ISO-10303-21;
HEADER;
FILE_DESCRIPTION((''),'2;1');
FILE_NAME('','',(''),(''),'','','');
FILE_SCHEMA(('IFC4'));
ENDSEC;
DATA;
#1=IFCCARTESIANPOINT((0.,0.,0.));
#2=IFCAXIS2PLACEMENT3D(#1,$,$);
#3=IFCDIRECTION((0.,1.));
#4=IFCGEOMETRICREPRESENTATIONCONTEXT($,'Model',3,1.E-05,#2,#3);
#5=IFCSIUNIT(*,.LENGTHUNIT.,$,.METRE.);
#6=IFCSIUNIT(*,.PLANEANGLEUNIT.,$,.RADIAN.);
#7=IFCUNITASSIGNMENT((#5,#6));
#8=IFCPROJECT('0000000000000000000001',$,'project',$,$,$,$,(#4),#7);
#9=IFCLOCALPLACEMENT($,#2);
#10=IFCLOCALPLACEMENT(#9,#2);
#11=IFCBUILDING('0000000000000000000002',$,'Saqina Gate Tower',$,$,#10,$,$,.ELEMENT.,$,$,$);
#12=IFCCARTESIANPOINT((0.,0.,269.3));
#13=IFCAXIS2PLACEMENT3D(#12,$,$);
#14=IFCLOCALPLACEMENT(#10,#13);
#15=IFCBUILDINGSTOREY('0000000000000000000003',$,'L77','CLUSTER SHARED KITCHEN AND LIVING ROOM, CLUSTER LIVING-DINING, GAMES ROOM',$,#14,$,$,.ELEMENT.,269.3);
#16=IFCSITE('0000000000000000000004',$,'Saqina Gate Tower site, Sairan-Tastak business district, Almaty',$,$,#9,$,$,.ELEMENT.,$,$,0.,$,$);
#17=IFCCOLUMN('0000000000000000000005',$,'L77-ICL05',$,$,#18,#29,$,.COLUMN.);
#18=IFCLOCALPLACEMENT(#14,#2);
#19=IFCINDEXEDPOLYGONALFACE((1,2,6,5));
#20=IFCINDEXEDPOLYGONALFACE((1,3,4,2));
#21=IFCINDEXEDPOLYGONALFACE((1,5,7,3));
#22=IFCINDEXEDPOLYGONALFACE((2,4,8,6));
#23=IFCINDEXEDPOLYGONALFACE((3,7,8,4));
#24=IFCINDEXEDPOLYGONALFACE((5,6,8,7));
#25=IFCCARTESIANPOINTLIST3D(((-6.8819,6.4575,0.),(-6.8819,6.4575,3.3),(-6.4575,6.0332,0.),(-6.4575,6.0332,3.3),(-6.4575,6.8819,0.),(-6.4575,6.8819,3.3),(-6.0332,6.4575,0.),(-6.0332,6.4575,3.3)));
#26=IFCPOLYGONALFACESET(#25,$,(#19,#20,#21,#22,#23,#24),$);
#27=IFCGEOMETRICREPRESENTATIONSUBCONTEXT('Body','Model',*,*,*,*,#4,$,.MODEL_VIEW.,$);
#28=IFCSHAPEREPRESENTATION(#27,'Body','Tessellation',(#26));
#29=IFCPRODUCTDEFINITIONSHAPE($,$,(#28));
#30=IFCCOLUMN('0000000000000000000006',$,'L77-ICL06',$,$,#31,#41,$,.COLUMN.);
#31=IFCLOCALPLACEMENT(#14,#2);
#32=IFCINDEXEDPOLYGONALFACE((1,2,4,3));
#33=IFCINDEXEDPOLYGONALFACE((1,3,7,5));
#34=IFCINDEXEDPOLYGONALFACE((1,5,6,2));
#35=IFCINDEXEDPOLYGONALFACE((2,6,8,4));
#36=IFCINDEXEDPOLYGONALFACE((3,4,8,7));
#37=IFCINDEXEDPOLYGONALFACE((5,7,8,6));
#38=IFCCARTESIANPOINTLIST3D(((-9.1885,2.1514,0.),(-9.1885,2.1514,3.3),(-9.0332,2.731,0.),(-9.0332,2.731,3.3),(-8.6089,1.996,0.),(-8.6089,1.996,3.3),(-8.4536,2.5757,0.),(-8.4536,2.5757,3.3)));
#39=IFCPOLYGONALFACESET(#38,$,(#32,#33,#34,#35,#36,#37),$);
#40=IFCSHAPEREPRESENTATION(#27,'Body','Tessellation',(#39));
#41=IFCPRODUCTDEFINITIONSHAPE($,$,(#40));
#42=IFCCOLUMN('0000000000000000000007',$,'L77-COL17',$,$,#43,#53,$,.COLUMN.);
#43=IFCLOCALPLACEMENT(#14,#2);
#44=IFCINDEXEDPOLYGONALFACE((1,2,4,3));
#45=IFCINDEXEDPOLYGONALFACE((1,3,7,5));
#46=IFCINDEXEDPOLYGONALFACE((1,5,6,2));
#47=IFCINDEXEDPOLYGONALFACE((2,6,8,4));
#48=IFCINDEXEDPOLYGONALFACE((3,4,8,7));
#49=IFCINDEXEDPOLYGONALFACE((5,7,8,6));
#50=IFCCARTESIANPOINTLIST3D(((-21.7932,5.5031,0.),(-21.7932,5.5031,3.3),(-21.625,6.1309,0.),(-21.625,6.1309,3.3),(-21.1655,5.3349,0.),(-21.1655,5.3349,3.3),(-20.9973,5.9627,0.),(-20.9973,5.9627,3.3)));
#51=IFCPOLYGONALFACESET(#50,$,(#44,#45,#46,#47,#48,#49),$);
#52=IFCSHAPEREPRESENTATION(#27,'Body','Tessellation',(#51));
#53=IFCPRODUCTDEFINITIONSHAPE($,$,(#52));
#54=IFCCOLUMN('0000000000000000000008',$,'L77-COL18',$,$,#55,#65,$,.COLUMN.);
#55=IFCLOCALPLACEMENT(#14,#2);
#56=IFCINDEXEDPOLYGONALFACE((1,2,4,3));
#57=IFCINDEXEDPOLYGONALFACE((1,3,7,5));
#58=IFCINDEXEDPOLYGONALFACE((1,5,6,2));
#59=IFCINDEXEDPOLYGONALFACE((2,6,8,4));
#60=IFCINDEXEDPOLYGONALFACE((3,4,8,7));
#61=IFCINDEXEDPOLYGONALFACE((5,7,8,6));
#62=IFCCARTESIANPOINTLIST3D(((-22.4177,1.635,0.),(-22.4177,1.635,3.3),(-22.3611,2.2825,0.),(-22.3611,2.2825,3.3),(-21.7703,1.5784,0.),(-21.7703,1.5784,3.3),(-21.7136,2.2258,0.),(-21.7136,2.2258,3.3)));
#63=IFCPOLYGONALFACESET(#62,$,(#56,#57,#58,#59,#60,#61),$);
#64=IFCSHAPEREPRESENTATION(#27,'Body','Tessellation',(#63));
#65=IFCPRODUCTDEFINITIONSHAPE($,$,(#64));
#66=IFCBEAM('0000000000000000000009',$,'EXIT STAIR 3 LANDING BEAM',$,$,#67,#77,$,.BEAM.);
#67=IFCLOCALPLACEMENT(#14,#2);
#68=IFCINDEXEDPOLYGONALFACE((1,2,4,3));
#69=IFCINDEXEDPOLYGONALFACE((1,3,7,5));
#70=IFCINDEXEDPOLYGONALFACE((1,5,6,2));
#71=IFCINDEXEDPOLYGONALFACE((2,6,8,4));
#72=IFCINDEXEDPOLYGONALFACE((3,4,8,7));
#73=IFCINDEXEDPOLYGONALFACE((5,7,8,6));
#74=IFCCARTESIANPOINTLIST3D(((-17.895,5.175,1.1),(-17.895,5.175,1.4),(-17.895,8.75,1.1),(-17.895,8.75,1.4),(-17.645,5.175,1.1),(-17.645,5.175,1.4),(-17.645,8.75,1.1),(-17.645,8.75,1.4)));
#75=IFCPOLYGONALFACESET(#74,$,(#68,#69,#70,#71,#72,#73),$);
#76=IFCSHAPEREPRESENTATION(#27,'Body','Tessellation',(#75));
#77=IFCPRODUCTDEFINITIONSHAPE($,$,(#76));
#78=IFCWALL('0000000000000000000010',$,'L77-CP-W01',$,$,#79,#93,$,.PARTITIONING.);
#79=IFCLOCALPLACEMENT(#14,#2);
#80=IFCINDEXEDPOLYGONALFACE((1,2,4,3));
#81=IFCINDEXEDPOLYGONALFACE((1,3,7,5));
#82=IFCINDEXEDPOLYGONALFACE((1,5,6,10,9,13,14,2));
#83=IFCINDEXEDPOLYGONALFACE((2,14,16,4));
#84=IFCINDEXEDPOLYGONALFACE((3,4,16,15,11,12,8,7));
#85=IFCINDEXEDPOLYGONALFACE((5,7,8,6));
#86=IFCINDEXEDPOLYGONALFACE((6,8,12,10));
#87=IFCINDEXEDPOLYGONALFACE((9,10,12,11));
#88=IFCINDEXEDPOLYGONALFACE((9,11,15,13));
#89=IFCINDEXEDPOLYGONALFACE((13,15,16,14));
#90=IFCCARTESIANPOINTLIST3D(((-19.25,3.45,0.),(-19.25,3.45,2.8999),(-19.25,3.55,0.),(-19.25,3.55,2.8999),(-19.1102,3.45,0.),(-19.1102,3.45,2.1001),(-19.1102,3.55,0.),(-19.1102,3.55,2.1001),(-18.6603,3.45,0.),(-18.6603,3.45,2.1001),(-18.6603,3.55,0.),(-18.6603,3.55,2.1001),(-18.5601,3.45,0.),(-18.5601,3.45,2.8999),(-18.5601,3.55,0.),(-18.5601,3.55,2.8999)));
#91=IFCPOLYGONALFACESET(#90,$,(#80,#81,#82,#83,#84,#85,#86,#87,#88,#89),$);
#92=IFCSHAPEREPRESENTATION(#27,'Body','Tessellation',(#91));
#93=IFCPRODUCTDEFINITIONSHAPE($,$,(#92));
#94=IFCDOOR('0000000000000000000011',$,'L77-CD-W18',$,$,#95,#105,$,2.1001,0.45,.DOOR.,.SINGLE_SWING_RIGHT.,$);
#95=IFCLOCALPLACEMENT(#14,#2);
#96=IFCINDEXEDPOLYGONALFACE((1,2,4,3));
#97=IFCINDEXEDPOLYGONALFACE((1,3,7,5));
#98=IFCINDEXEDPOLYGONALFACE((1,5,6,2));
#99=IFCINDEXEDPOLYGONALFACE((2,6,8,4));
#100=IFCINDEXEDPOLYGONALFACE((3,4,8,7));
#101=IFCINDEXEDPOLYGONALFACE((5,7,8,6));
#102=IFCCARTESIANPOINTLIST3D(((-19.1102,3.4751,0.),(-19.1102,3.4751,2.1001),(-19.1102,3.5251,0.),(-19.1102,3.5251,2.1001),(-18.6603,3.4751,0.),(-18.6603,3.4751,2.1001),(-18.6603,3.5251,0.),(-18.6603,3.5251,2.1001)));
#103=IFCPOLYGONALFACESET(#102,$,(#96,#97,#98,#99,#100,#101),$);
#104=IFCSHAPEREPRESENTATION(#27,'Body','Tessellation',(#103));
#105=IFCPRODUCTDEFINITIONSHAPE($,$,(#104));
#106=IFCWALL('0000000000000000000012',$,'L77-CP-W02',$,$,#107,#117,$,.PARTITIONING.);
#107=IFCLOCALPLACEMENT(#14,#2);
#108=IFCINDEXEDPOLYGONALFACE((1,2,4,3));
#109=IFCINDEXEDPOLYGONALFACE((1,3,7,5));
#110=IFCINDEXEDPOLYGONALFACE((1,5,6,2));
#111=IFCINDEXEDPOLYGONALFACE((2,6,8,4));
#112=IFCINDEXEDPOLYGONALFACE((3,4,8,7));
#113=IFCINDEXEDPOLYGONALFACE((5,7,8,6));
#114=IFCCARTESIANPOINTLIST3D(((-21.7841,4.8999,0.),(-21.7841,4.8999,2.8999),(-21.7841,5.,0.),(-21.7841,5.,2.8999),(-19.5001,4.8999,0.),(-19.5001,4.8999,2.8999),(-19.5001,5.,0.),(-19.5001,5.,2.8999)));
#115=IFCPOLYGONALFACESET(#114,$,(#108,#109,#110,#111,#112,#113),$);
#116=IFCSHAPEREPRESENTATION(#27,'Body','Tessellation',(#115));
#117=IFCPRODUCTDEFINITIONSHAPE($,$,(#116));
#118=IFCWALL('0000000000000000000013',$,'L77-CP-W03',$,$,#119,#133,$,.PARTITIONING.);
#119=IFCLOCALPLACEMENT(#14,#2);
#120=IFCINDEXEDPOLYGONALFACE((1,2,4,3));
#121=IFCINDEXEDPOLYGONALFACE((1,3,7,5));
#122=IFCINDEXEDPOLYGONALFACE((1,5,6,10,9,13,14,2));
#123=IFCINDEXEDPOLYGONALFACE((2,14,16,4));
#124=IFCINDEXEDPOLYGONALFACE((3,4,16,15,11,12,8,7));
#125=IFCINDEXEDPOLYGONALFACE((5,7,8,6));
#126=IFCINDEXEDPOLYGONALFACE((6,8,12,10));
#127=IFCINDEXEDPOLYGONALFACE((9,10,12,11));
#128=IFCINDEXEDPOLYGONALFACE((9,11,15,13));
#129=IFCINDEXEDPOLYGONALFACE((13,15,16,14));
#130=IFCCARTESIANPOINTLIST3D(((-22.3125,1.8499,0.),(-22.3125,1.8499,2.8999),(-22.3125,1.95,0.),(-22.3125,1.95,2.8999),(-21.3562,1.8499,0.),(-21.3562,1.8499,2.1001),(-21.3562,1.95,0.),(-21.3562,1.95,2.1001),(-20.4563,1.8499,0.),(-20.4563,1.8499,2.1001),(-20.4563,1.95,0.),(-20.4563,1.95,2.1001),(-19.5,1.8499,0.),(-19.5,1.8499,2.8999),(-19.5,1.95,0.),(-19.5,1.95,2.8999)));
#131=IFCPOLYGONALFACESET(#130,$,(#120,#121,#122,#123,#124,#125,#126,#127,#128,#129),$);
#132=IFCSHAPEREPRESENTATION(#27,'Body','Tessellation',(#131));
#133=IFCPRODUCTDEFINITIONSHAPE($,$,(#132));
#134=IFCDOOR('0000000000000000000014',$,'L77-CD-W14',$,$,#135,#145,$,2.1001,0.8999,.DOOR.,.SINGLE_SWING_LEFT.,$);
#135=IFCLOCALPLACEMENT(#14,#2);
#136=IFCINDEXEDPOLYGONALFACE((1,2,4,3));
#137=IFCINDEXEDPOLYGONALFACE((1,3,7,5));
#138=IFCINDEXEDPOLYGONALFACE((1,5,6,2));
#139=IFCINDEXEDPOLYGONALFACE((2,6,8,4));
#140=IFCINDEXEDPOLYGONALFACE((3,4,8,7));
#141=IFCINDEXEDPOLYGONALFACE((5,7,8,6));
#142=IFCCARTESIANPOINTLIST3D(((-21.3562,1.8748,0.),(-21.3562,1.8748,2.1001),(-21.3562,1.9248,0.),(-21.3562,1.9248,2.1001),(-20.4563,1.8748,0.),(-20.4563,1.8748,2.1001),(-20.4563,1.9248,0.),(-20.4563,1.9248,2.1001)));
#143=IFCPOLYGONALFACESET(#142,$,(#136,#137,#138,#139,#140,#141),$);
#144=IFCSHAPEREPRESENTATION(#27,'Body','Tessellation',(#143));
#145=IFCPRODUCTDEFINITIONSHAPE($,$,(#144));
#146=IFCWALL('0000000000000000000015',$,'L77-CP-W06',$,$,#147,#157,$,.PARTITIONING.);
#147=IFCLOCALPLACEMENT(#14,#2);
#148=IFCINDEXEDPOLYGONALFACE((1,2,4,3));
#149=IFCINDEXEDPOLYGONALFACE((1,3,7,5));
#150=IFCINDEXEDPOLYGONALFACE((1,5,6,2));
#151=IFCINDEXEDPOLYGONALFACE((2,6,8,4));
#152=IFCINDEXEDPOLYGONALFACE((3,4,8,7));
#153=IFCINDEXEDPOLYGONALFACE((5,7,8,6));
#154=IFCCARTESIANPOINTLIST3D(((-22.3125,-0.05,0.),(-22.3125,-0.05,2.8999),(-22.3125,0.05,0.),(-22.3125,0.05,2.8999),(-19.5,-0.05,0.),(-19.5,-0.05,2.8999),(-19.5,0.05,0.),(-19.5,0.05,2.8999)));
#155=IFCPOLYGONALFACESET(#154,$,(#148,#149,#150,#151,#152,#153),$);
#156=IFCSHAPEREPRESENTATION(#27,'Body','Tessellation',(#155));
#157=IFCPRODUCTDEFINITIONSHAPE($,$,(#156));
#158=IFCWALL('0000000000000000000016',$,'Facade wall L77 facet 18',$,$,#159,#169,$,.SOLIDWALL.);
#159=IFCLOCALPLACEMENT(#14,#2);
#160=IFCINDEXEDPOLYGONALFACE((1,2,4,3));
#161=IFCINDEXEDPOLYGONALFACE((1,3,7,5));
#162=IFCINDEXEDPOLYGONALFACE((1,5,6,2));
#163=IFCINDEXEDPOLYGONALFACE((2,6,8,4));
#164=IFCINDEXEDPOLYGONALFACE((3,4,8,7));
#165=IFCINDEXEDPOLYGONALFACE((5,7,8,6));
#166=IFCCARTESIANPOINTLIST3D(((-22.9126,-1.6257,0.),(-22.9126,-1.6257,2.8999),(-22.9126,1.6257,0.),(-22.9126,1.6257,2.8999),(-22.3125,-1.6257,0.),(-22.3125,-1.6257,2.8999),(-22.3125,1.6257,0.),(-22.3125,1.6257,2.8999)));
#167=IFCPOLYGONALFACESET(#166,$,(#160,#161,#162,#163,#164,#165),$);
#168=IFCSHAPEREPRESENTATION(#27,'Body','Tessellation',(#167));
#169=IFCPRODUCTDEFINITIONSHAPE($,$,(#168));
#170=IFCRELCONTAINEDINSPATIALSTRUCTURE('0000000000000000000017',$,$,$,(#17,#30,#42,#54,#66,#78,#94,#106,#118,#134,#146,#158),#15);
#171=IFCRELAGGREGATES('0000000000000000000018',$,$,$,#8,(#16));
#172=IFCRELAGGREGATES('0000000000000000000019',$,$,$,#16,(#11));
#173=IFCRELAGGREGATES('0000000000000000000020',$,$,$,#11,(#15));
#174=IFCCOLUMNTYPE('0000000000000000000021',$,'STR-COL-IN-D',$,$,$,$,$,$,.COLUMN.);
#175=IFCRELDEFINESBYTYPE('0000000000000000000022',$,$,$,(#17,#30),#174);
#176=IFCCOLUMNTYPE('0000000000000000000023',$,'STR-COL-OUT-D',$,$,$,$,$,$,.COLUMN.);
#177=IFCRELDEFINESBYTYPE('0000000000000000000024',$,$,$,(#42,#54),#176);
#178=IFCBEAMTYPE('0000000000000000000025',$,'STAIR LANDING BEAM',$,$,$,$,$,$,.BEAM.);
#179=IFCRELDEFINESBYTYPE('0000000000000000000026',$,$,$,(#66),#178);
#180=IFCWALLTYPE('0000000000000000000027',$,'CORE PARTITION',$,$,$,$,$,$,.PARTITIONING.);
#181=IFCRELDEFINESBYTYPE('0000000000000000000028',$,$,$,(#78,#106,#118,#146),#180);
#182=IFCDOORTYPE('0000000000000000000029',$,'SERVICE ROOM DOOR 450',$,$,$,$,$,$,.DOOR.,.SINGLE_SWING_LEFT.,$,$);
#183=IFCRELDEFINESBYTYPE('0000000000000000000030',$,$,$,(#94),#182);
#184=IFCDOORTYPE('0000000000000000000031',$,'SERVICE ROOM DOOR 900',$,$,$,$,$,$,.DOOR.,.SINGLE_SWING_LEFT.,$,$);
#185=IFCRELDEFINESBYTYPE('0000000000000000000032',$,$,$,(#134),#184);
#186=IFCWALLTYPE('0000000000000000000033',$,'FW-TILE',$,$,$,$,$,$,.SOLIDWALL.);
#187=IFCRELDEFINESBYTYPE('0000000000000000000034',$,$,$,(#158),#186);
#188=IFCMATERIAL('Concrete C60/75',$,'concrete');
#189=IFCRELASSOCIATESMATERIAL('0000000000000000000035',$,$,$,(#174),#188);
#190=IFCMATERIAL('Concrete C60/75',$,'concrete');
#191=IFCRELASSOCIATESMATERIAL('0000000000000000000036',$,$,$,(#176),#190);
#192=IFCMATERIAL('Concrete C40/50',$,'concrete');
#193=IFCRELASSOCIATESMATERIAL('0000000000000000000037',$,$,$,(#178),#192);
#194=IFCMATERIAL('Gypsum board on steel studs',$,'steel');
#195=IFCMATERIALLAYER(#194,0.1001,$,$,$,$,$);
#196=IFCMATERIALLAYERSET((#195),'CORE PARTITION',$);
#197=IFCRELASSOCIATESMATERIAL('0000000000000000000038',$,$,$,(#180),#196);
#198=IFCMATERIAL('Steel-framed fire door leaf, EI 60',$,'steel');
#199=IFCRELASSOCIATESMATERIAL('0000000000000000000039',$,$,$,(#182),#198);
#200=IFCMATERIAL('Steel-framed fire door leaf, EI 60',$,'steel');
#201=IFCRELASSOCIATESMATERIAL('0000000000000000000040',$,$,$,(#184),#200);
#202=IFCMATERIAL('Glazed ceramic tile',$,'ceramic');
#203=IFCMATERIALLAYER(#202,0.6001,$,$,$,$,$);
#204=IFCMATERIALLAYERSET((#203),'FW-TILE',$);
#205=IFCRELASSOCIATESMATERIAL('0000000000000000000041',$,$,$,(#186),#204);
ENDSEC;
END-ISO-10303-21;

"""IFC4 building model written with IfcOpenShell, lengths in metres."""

from ifc_helpers import new_model, si_unit, direction, frame, frame_2d, origin, origin_2d, place, context, subcontext, project, spatial, rectangle, extrude, material, layer, layer_set, material_profile, profile_set, type_object, element, fill, save


model = new_model("IFC4")

# Units and contexts
model_context = context("Model", 3, precision=1e-05, world=origin(), true_north=direction((0.0, 1.0)))
body_context = subcontext(model_context, "Body", "Model", "MODEL_VIEW")
ifc_project = project(units=[si_unit("LENGTHUNIT", "METRE"), si_unit("PLANEANGLEUNIT", "RADIAN")], contexts=[model_context])

# Site, building, storey
site_placement = place(None, origin())
site = spatial("IfcSite", under=ifc_project, at=site_placement, Name="Saqina Gate Tower site, Sairan-Tastak business district, Almaty", CompositionType="ELEMENT", RefElevation=0.0)
building_placement = place(site_placement, origin())
building = spatial("IfcBuilding", under=site, at=building_placement, Name="Saqina Gate Tower", CompositionType="ELEMENT")
storey_placement = place(building_placement, frame((0.0, 0.0, 269.3)))
storey = spatial("IfcBuildingStorey", under=building, at=storey_placement, Name="L77", Description="CLUSTER SHARED KITCHEN AND LIVING ROOM, CLUSTER LIVING-DINING, GAMES ROOM", CompositionType="ELEMENT", Elevation=269.3)

# Columns
ifc_material_1 = material(Name="Concrete C60/75", Category="concrete")
ifc_material_profile_1 = material_profile(ifc_material_1, rectangle(XDim=0.6001, YDim=0.6001, at=origin_2d()), Name="RC 600x600")
ifc_profile_set_1 = profile_set([ifc_material_profile_1], Name="Concrete C60/75")
column_type_1 = type_object("IfcColumnType", Name="STR-COL-IN-D", PredefinedType="COLUMN", material=ifc_profile_set_1)
for number, where, z_axis, x_axis, name in (
    (1, (-6.4575, 6.4575, 0.0), (0.0, 0.0, 1.0), (-0.707107, 0.707107, 0.0), "L77-ICL05"),
    (2, (-8.821, 2.3635, 0.0), (0.0, 0.0, 1.0), (-0.965926, 0.258819, 0.0), "L77-ICL06"),
):
    element("IfcColumn", number, at=place(storey_placement, frame(where, z_axis=z_axis, x_axis=x_axis)), inside=storey, type_object=column_type_1, Name=name, PredefinedType="COLUMN", context=body_context, shape_type="SweptSolid", body=[
        extrude(rectangle(XDim=0.6001, YDim=0.6001, at=origin_2d()), origin(), (0.0, 0.0, 1.0), 3.3),
    ])
ifc_material_2 = material(Name="Concrete C60/75", Category="concrete")
ifc_material_profile_2 = material_profile(ifc_material_2, rectangle(XDim=0.6499, YDim=0.6499, at=origin_2d()), Name="RC 650x650")
ifc_profile_set_2 = profile_set([ifc_material_profile_2], Name="Concrete C60/75")
column_type_2 = type_object("IfcColumnType", Name="STR-COL-OUT-D", PredefinedType="COLUMN", material=ifc_profile_set_2)
for number, where, z_axis, x_axis, name in (
    (3, (-21.3953, 5.7329, 0.0), (0.0, 0.0, 1.0), (-0.965926, 0.258819, 0.0), "L77-COL17"),
    (4, (-22.0657, 1.9304, 0.0), (0.0, 0.0, 1.0), (-0.996195, 0.087156, 0.0), "L77-COL18"),
):
    element("IfcColumn", number, at=place(storey_placement, frame(where, z_axis=z_axis, x_axis=x_axis)), inside=storey, type_object=column_type_2, Name=name, PredefinedType="COLUMN", context=body_context, shape_type="SweptSolid", body=[
        extrude(rectangle(XDim=0.6499, YDim=0.6499, at=origin_2d()), origin(), (0.0, 0.0, 1.0), 3.3),
    ])

# Beam
ifc_material_3 = material(Name="Concrete C40/50", Category="concrete")
ifc_material_profile_3 = material_profile(ifc_material_3, rectangle(XDim=0.25, YDim=0.3, at=origin_2d()), Name="STAIR LANDING BEAM")
ifc_profile_set_3 = profile_set([ifc_material_profile_3], Name="Concrete C40/50")
beam_type = type_object("IfcBeamType", Name="STAIR LANDING BEAM", PredefinedType="BEAM", material=ifc_profile_set_3)
beam_placement = place(storey_placement, frame((-17.77, 5.175, 1.25), z_axis=(0.0, 1.0, 0.0), x_axis=(-1.0, 0.0, 0.0)))
element("IfcBeam", 5, at=beam_placement, inside=storey, type_object=beam_type, Name="EXIT STAIR 3 LANDING BEAM", PredefinedType="BEAM", context=body_context, shape_type="SweptSolid", body=[
    extrude(rectangle(XDim=0.25, YDim=0.3, at=origin_2d()), origin(), (0.0, 0.0, 1.0), 3.575),
])

# Wall, opening, door
ifc_material_4 = material(Name="Gypsum board on steel studs", Category="steel")
ifc_layer_1 = layer(ifc_material_4, 0.1001)
ifc_layer_set_1 = layer_set([ifc_layer_1], Name="CORE PARTITION")
wall_type_1 = type_object("IfcWallType", Name="CORE PARTITION", PredefinedType="PARTITIONING", material=ifc_layer_set_1)
wall_1_placement = place(storey_placement, frame((-18.5601, 3.5, 0.0), z_axis=(0.0, 0.0, 1.0), x_axis=(-1.0, 0.0, 0.0)))
wall_1 = element("IfcWall", 6, at=wall_1_placement, inside=storey, type_object=wall_type_1, Name="L77-CP-W01", PredefinedType="PARTITIONING", context=body_context, shape_type="SweptSolid", body=[
    extrude(rectangle(XDim=0.6899, YDim=0.1001, at=frame_2d((0.345, 0.0))), origin(), (0.0, 0.0, 1.0), 2.8999),
])
opening_1_placement = place(wall_1_placement, frame((0.1001, 0.0, 0.0)))
opening_1 = element("IfcOpeningElement", 7, at=opening_1_placement, cuts=wall_1, PredefinedType="OPENING", context=body_context, shape_type="SweptSolid", body=[
    extrude(rectangle(XDim=0.45, YDim=2.1001, at=frame_2d((0.2251, 1.05))), frame((0.0, 0.062, 0.0), z_axis=(0.0, -1.0, 0.0), x_axis=(1.0, 0.0, 0.0)), (0.0, 0.0, 1.0), 0.124),
])
ifc_material_5 = material(Name="Steel-framed fire door leaf, EI 60", Category="steel")
door_type_1 = type_object("IfcDoorType", Name="SERVICE ROOM DOOR 450", OperationType="SINGLE_SWING_LEFT", PredefinedType="DOOR", material=ifc_material_5)
door_1_placement = place(opening_1_placement, origin())
door_1 = element("IfcDoor", 8, at=door_1_placement, inside=storey, type_object=door_type_1, Name="L77-CD-W18", OperationType="SINGLE_SWING_RIGHT", OverallHeight=2.1001, OverallWidth=0.45, PredefinedType="DOOR", context=body_context, shape_type="SweptSolid", body=[
    extrude(rectangle(XDim=0.45, YDim=2.1001, at=frame_2d((0.2251, 1.05))), frame((0.0, 0.0249, 0.0), z_axis=(0.0, -1.0, 0.0), x_axis=(1.0, 0.0, 0.0)), (0.0, 0.0, 1.0), 0.05),
])
fill(opening_1, door_1)

# Wall
wall_2_placement = place(storey_placement, frame((-19.5, 4.95, 0.0), z_axis=(0.0, 0.0, 1.0), x_axis=(-1.0, 0.0, 0.0)))
element("IfcWall", 9, at=wall_2_placement, inside=storey, type_object=wall_type_1, Name="L77-CP-W02", PredefinedType="PARTITIONING", context=body_context, shape_type="SweptSolid", body=[
    extrude(rectangle(XDim=2.2839, YDim=0.1001, at=frame_2d((1.1421, 0.0))), origin(), (0.0, 0.0, 1.0), 2.8999),
])

# Wall, opening, door
wall_3_placement = place(storey_placement, frame((-19.5, 1.8999, 0.0), z_axis=(0.0, 0.0, 1.0), x_axis=(-1.0, 0.0, 0.0)))
wall_3 = element("IfcWall", 10, at=wall_3_placement, inside=storey, type_object=wall_type_1, Name="L77-CP-W03", PredefinedType="PARTITIONING", context=body_context, shape_type="SweptSolid", body=[
    extrude(rectangle(XDim=2.8125, YDim=0.1001, at=frame_2d((1.4062, 0.0))), origin(), (0.0, 0.0, 1.0), 2.8999),
])
opening_2_placement = place(wall_3_placement, frame((0.9563, 0.0, 0.0)))
opening_2 = element("IfcOpeningElement", 11, at=opening_2_placement, cuts=wall_3, PredefinedType="OPENING", context=body_context, shape_type="SweptSolid", body=[
    extrude(rectangle(XDim=0.8999, YDim=2.1001, at=frame_2d((0.45, 1.05))), frame((0.0, 0.062, 0.0), z_axis=(0.0, -1.0, 0.0), x_axis=(1.0, 0.0, 0.0)), (0.0, 0.0, 1.0), 0.124),
])
ifc_material_6 = material(Name="Steel-framed fire door leaf, EI 60", Category="steel")
door_type_2 = type_object("IfcDoorType", Name="SERVICE ROOM DOOR 900", OperationType="SINGLE_SWING_LEFT", PredefinedType="DOOR", material=ifc_material_6)
door_2_placement = place(opening_2_placement, frame((0.8999, 0.0, 0.0), z_axis=(0.0, 0.0, 1.0), x_axis=(-1.0, 0.0, 0.0)))
door_2 = element("IfcDoor", 12, at=door_2_placement, inside=storey, type_object=door_type_2, Name="L77-CD-W14", OperationType="SINGLE_SWING_LEFT", OverallHeight=2.1001, OverallWidth=0.8999, PredefinedType="DOOR", context=body_context, shape_type="SweptSolid", body=[
    extrude(rectangle(XDim=0.8999, YDim=2.1001, at=frame_2d((0.45, 1.05))), frame((0.0, 0.0249, 0.0), z_axis=(0.0, -1.0, 0.0), x_axis=(1.0, 0.0, 0.0)), (0.0, 0.0, 1.0), 0.05),
])
fill(opening_2, door_2)

# Walls
wall_4_placement = place(storey_placement, frame((-19.5, 0.0, 0.0), z_axis=(0.0, 0.0, 1.0), x_axis=(-1.0, 0.0, 0.0)))
element("IfcWall", 13, at=wall_4_placement, inside=storey, type_object=wall_type_1, Name="L77-CP-W06", PredefinedType="PARTITIONING", context=body_context, shape_type="SweptSolid", body=[
    extrude(rectangle(XDim=2.8125, YDim=0.1001, at=frame_2d((1.4062, 0.0))), origin(), (0.0, 0.0, 1.0), 2.8999),
])
ifc_material_7 = material(Name="Glazed ceramic tile", Category="ceramic")
ifc_layer_2 = layer(ifc_material_7, 0.6001)
ifc_layer_set_2 = layer_set([ifc_layer_2], Name="FW-TILE")
wall_type_2 = type_object("IfcWallType", Name="FW-TILE", PredefinedType="SOLIDWALL", material=ifc_layer_set_2)
wall_5_placement = place(storey_placement, frame((-22.6125, 1.6257, 0.0), z_axis=(0.0, 0.0, 1.0), x_axis=(0.0, -1.0, 0.0)))
element("IfcWall", 14, at=wall_5_placement, inside=storey, type_object=wall_type_2, Name="Facade wall L77 facet 18", PredefinedType="SOLIDWALL", context=body_context, shape_type="SweptSolid", body=[
    extrude(rectangle(XDim=3.2515, YDim=0.6001, at=frame_2d((1.6257, 0.0))), origin(), (0.0, 0.0, 1.0), 2.8999),
])

save(model, "model.ifc")
